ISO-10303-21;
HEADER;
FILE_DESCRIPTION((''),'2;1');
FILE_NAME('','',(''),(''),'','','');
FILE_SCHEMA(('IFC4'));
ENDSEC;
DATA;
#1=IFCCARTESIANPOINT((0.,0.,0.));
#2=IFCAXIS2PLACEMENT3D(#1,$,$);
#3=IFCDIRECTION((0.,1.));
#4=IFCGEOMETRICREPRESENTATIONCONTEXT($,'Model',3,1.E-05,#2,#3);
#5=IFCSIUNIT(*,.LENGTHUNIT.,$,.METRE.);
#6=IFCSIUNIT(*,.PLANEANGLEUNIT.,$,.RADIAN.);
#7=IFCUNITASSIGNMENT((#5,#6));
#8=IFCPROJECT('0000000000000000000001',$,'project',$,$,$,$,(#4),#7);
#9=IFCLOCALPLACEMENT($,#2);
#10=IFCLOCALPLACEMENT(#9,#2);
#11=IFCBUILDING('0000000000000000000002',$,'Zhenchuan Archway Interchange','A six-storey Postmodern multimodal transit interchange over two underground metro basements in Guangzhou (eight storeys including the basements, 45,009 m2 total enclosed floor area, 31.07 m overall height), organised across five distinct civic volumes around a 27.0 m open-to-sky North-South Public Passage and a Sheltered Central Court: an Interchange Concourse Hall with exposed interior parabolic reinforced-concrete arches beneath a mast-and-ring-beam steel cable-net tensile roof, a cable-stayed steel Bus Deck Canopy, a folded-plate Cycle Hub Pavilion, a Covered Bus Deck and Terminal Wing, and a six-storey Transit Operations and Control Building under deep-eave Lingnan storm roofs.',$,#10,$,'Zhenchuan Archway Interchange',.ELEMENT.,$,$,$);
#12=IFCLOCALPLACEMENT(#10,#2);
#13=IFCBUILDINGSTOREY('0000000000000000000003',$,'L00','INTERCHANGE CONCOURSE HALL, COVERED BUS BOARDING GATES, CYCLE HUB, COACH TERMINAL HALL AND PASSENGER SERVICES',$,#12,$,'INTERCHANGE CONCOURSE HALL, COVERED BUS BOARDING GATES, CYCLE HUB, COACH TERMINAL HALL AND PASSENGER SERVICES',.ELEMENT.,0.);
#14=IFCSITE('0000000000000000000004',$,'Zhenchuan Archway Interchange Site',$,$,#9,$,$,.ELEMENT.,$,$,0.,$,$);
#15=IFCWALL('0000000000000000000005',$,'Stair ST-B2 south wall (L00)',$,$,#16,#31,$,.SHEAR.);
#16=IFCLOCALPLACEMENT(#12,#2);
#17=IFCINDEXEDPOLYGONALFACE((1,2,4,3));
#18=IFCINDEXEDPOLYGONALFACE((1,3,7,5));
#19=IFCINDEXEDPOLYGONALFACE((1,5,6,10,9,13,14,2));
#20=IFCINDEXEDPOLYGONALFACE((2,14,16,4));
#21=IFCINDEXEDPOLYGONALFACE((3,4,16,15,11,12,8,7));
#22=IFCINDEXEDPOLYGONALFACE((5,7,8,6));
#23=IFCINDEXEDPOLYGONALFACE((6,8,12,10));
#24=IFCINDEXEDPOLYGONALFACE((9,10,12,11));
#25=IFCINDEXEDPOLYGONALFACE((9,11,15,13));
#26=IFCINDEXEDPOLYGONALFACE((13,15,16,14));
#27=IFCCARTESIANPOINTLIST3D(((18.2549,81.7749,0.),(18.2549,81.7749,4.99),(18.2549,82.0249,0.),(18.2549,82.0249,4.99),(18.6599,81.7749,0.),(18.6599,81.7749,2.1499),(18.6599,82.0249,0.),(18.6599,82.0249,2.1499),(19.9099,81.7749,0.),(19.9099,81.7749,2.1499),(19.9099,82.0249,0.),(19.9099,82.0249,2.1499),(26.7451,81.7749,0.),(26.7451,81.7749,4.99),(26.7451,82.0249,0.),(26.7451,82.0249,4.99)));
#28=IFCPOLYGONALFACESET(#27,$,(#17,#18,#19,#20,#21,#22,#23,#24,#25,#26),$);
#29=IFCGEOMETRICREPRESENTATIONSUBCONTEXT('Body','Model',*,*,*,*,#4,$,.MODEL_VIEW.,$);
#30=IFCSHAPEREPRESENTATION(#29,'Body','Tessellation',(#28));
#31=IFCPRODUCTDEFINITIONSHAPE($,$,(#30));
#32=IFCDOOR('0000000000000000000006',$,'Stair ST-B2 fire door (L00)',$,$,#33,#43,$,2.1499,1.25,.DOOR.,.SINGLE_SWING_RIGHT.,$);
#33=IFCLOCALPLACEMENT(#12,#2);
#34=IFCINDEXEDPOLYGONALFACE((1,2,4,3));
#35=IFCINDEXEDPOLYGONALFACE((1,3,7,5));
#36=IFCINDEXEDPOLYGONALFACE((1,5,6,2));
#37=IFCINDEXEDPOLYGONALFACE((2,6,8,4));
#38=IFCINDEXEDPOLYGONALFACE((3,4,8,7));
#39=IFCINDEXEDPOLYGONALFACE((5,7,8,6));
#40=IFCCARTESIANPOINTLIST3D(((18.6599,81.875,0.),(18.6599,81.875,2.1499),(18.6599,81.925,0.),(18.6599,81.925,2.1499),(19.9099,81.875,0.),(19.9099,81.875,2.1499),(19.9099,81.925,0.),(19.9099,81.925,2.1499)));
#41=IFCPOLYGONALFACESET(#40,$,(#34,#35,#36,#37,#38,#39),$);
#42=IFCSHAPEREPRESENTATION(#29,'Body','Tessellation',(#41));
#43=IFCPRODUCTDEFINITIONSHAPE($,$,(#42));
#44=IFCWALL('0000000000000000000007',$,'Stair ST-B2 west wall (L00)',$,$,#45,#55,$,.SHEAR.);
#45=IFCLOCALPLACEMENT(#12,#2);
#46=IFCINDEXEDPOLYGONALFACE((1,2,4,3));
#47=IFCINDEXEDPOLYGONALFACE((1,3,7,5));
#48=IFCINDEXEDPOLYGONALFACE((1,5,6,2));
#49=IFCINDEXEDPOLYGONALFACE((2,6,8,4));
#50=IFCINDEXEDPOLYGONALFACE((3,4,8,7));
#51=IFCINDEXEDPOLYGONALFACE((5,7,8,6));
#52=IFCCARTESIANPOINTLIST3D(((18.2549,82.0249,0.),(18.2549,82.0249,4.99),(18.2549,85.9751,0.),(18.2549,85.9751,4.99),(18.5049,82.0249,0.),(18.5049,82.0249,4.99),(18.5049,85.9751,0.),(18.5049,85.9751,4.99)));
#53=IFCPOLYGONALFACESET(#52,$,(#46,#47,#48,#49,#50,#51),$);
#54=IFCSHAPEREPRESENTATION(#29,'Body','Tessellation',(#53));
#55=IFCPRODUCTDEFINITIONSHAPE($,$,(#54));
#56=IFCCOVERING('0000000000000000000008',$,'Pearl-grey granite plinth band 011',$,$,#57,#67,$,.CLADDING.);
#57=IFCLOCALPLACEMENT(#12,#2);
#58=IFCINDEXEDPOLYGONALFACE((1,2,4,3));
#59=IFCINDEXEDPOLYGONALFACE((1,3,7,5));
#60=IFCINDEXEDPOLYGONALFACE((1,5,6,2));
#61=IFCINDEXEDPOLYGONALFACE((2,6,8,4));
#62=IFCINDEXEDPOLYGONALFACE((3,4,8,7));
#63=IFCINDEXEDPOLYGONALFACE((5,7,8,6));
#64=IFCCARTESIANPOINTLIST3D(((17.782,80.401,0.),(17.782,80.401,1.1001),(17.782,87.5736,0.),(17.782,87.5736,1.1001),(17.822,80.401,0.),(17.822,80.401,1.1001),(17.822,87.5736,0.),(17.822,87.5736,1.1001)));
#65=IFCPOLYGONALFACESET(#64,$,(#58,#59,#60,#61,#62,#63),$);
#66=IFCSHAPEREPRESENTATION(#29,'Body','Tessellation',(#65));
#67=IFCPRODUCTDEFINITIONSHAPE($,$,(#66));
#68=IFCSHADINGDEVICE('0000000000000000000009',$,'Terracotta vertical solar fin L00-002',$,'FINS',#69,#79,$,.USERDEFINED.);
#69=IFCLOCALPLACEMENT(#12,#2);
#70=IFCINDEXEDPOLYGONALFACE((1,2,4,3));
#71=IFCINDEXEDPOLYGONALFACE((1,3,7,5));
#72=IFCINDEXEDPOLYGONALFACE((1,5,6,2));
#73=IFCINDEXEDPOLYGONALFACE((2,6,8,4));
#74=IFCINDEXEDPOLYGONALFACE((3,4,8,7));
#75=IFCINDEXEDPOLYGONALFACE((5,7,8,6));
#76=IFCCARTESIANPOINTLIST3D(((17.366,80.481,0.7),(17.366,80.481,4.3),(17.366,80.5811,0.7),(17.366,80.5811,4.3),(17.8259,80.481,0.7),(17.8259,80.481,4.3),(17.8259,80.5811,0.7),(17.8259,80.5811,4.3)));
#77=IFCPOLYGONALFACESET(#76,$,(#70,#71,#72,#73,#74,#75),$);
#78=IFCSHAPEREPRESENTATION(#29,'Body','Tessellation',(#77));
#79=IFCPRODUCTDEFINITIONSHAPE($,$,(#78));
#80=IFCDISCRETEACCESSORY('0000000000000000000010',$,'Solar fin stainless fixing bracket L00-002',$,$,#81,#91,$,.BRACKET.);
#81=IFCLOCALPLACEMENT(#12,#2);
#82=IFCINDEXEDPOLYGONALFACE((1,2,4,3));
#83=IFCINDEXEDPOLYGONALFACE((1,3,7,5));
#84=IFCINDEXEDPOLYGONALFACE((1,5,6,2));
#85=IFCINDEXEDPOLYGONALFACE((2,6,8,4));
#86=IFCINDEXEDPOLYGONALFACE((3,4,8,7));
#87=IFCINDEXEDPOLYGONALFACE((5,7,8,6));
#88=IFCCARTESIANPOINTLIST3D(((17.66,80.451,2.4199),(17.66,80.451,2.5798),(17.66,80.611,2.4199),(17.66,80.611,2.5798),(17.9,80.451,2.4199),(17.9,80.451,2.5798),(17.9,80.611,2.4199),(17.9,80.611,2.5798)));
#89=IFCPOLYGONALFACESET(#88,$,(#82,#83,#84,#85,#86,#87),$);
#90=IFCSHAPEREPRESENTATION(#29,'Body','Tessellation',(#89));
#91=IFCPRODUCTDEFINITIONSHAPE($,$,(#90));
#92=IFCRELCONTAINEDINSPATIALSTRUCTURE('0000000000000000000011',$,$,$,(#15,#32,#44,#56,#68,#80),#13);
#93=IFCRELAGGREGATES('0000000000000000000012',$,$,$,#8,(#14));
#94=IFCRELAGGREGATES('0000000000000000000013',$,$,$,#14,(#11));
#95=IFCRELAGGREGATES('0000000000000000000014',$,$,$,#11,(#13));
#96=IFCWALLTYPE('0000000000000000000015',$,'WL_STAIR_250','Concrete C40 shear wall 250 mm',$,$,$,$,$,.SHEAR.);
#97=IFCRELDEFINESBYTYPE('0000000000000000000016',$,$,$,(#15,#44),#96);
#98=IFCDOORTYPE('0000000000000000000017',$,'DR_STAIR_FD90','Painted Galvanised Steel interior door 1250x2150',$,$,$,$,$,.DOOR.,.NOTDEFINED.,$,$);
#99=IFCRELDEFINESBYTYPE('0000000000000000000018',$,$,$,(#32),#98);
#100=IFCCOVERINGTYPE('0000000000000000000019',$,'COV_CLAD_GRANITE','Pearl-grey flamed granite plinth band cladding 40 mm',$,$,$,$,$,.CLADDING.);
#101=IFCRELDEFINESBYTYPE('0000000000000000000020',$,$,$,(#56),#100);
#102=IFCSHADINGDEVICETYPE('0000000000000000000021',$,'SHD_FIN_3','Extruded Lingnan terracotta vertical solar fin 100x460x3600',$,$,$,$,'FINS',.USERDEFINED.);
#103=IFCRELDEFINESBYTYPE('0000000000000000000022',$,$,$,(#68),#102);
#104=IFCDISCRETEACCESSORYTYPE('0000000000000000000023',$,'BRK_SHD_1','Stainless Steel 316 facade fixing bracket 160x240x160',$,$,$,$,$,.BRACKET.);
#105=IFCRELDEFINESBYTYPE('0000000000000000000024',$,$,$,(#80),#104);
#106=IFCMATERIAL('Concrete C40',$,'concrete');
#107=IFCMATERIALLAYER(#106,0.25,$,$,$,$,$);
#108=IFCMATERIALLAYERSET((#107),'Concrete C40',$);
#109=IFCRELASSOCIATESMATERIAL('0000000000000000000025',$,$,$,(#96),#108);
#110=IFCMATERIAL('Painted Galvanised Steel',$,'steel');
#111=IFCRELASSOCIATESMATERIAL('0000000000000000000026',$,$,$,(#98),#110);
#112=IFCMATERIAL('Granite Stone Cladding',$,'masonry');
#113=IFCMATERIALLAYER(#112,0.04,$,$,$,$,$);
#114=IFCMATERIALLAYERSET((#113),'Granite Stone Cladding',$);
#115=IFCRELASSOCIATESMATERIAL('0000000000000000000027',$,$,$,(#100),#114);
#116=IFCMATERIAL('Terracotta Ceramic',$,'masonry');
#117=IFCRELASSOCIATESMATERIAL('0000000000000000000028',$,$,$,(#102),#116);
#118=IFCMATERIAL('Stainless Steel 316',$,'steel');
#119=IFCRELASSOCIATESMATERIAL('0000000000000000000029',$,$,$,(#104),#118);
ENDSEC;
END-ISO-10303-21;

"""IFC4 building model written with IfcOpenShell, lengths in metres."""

from ifc_helpers import new_model, si_unit, direction, frame, frame_2d, origin, origin_2d, place, context, subcontext, project, spatial, rectangle, extrude, material, layer, layer_set, type_object, element, fill, save


model = new_model("IFC4")

# Units and contexts
model_context = context("Model", 3, precision=1e-05, world=origin(), true_north=direction((0.0, 1.0)))
body_context = subcontext(model_context, "Body", "Model", "MODEL_VIEW")
ifc_project = project(units=[si_unit("LENGTHUNIT", "METRE"), si_unit("PLANEANGLEUNIT", "RADIAN")], contexts=[model_context])

# Site, building, storey
site_placement = place(None, origin())
site = spatial("IfcSite", under=ifc_project, at=site_placement, Name="Zhenchuan Archway Interchange Site", CompositionType="ELEMENT", RefElevation=0.0)
building_placement = place(site_placement, origin())
building = spatial("IfcBuilding", under=site, at=building_placement, Name="Zhenchuan Archway Interchange", Description="A six-storey Postmodern multimodal transit interchange over two underground metro basements in Guangzhou (eight storeys including the basements, 45,009 m2 total enclosed floor area, 31.07 m overall height), organised across five distinct civic volumes around a 27.0 m open-to-sky North-South Public Passage and a Sheltered Central Court: an Interchange Concourse Hall with exposed interior parabolic reinforced-concrete arches beneath a mast-and-ring-beam steel cable-net tensile roof, a cable-stayed steel Bus Deck Canopy, a folded-plate Cycle Hub Pavilion, a Covered Bus Deck and Terminal Wing, and a six-storey Transit Operations and Control Building under deep-eave Lingnan storm roofs.", LongName="Zhenchuan Archway Interchange", CompositionType="ELEMENT")
storey_placement = place(building_placement, origin())
storey = spatial("IfcBuildingStorey", under=building, at=storey_placement, Name="L00", Description="INTERCHANGE CONCOURSE HALL, COVERED BUS BOARDING GATES, CYCLE HUB, COACH TERMINAL HALL AND PASSENGER SERVICES", LongName="INTERCHANGE CONCOURSE HALL, COVERED BUS BOARDING GATES, CYCLE HUB, COACH TERMINAL HALL AND PASSENGER SERVICES", CompositionType="ELEMENT", Elevation=0.0)

# Shared definitions
ifc_material_1 = material(Name="Concrete C40", Category="concrete")

# Wall, opening, door
ifc_layer_1 = layer(ifc_material_1, 0.25)
ifc_layer_set_1 = layer_set([ifc_layer_1], Name="Concrete C40")
wall_type_1 = type_object("IfcWallType", Name="WL_STAIR_250", Description="Concrete C40 shear wall 250 mm", PredefinedType="SHEAR", material=ifc_layer_set_1)
wall_1_placement = place(storey_placement, frame((18.2549, 81.8999, 0.0), z_axis=(0.0, 0.0, 1.0), x_axis=(1.0, 0.0, 0.0)))
wall_1 = element("IfcWall", 1, at=wall_1_placement, inside=storey, type_object=wall_type_1, Name="Stair ST-B2 south wall (L00)", PredefinedType="SHEAR", context=body_context, shape_type="SweptSolid", body=[
    extrude(rectangle(XDim=8.4902, YDim=0.25, at=frame_2d((4.2451, 0.0))), origin(), (0.0, 0.0, 1.0), 4.99),
])
opening_1_placement = place(wall_1_placement, frame((0.405, 0.0, 0.0)))
opening_1 = element("IfcOpeningElement", 2, at=opening_1_placement, cuts=wall_1, PredefinedType="OPENING", context=body_context, shape_type="SweptSolid", body=[
    extrude(rectangle(XDim=1.25, YDim=2.1499, at=frame_2d((0.625, 1.075))), frame((0.0, 0.137, 0.0), z_axis=(0.0, -1.0, 0.0), x_axis=(1.0, 0.0, 0.0)), (0.0, 0.0, 1.0), 0.2739),
])
ifc_material_2 = material(Name="Painted Galvanised Steel", Category="steel")
door_type = type_object("IfcDoorType", Name="DR_STAIR_FD90", Description="Painted Galvanised Steel interior door 1250x2150", OperationType="NOTDEFINED", PredefinedType="DOOR", material=ifc_material_2)
door_placement = place(opening_1_placement, frame((1.25, 0.0, 0.0), z_axis=(0.0, 0.0, 1.0), x_axis=(-1.0, 0.0, 0.0)))
door = element("IfcDoor", 3, at=door_placement, inside=storey, type_object=door_type, Name="Stair ST-B2 fire door (L00)", OperationType="SINGLE_SWING_RIGHT", OverallHeight=2.1499, OverallWidth=1.25, PredefinedType="DOOR", context=body_context, shape_type="SweptSolid", body=[
    extrude(rectangle(XDim=1.25, YDim=2.1499, at=frame_2d((0.625, 1.075))), frame((0.0, 0.0249, 0.0), z_axis=(0.0, -1.0, 0.0), x_axis=(1.0, 0.0, 0.0)), (0.0, 0.0, 1.0), 0.05),
])
fill(opening_1, door)

# Wall
wall_2_placement = place(storey_placement, frame((18.3799, 85.9751, 0.0), z_axis=(0.0, 0.0, 1.0), x_axis=(0.0, -1.0, 0.0)))
element("IfcWall", 4, at=wall_2_placement, inside=storey, type_object=wall_type_1, Name="Stair ST-B2 west wall (L00)", PredefinedType="SHEAR", context=body_context, shape_type="SweptSolid", body=[
    extrude(rectangle(XDim=3.9502, YDim=0.25, at=frame_2d((1.9751, 0.0))), origin(), (0.0, 0.0, 1.0), 4.99),
])

# Covering
ifc_material_3 = material(Name="Granite Stone Cladding", Category="masonry")
ifc_layer_2 = layer(ifc_material_3, 0.04)
ifc_layer_set_2 = layer_set([ifc_layer_2], Name="Granite Stone Cladding")
covering_type = type_object("IfcCoveringType", Name="COV_CLAD_GRANITE", Description="Pearl-grey flamed granite plinth band cladding 40 mm", PredefinedType="CLADDING", material=ifc_layer_set_2)
covering_placement = place(storey_placement, frame((17.802, 83.9873, 0.0), z_axis=(0.0, 0.0, 1.0), x_axis=(0.0, 1.0, 0.0)))
element("IfcCovering", 5, at=covering_placement, inside=storey, type_object=covering_type, Name="Pearl-grey granite plinth band 011", PredefinedType="CLADDING", context=body_context, shape_type="SweptSolid", body=[
    extrude(rectangle(XDim=7.1726, YDim=0.04, at=origin_2d()), origin(), (0.0, 0.0, 1.0), 1.1001),
])

# Shading device
ifc_material_4 = material(Name="Terracotta Ceramic", Category="masonry")
shading_device_type = type_object("IfcShadingDeviceType", Name="SHD_FIN_3", Description="Extruded Lingnan terracotta vertical solar fin 100x460x3600", ElementType="FINS", PredefinedType="USERDEFINED", material=ifc_material_4)
shading_device_placement = place(storey_placement, frame((17.5959, 80.531, 0.7), z_axis=(0.0, 0.0, 1.0), x_axis=(0.0, 1.0, 0.0)))
element("IfcShadingDevice", 6, at=shading_device_placement, inside=storey, type_object=shading_device_type, Name="Terracotta vertical solar fin L00-002", ObjectType="FINS", PredefinedType="USERDEFINED", context=body_context, shape_type="SweptSolid", body=[
    extrude(rectangle(XDim=0.1001, YDim=0.46, at=origin_2d()), origin(), (0.0, 0.0, 1.0), 3.6001),
])

# Discrete accessory
ifc_material_5 = material(Name="Stainless Steel 316", Category="steel")
discrete_accessory_type = type_object("IfcDiscreteAccessoryType", Name="BRK_SHD_1", Description="Stainless Steel 316 facade fixing bracket 160x240x160", PredefinedType="BRACKET", material=ifc_material_5)
discrete_accessory_placement = place(storey_placement, frame((17.78, 80.531, 2.4199), z_axis=(0.0, 0.0, 1.0), x_axis=(0.0, 1.0, 0.0)))
element("IfcDiscreteAccessory", 7, at=discrete_accessory_placement, inside=storey, type_object=discrete_accessory_type, Name="Solar fin stainless fixing bracket L00-002", PredefinedType="BRACKET", context=body_context, shape_type="SweptSolid", body=[
    extrude(rectangle(XDim=0.1599, YDim=0.24, at=origin_2d()), origin(), (0.0, 0.0, 1.0), 0.1599),
])

save(model, "model.ifc")
